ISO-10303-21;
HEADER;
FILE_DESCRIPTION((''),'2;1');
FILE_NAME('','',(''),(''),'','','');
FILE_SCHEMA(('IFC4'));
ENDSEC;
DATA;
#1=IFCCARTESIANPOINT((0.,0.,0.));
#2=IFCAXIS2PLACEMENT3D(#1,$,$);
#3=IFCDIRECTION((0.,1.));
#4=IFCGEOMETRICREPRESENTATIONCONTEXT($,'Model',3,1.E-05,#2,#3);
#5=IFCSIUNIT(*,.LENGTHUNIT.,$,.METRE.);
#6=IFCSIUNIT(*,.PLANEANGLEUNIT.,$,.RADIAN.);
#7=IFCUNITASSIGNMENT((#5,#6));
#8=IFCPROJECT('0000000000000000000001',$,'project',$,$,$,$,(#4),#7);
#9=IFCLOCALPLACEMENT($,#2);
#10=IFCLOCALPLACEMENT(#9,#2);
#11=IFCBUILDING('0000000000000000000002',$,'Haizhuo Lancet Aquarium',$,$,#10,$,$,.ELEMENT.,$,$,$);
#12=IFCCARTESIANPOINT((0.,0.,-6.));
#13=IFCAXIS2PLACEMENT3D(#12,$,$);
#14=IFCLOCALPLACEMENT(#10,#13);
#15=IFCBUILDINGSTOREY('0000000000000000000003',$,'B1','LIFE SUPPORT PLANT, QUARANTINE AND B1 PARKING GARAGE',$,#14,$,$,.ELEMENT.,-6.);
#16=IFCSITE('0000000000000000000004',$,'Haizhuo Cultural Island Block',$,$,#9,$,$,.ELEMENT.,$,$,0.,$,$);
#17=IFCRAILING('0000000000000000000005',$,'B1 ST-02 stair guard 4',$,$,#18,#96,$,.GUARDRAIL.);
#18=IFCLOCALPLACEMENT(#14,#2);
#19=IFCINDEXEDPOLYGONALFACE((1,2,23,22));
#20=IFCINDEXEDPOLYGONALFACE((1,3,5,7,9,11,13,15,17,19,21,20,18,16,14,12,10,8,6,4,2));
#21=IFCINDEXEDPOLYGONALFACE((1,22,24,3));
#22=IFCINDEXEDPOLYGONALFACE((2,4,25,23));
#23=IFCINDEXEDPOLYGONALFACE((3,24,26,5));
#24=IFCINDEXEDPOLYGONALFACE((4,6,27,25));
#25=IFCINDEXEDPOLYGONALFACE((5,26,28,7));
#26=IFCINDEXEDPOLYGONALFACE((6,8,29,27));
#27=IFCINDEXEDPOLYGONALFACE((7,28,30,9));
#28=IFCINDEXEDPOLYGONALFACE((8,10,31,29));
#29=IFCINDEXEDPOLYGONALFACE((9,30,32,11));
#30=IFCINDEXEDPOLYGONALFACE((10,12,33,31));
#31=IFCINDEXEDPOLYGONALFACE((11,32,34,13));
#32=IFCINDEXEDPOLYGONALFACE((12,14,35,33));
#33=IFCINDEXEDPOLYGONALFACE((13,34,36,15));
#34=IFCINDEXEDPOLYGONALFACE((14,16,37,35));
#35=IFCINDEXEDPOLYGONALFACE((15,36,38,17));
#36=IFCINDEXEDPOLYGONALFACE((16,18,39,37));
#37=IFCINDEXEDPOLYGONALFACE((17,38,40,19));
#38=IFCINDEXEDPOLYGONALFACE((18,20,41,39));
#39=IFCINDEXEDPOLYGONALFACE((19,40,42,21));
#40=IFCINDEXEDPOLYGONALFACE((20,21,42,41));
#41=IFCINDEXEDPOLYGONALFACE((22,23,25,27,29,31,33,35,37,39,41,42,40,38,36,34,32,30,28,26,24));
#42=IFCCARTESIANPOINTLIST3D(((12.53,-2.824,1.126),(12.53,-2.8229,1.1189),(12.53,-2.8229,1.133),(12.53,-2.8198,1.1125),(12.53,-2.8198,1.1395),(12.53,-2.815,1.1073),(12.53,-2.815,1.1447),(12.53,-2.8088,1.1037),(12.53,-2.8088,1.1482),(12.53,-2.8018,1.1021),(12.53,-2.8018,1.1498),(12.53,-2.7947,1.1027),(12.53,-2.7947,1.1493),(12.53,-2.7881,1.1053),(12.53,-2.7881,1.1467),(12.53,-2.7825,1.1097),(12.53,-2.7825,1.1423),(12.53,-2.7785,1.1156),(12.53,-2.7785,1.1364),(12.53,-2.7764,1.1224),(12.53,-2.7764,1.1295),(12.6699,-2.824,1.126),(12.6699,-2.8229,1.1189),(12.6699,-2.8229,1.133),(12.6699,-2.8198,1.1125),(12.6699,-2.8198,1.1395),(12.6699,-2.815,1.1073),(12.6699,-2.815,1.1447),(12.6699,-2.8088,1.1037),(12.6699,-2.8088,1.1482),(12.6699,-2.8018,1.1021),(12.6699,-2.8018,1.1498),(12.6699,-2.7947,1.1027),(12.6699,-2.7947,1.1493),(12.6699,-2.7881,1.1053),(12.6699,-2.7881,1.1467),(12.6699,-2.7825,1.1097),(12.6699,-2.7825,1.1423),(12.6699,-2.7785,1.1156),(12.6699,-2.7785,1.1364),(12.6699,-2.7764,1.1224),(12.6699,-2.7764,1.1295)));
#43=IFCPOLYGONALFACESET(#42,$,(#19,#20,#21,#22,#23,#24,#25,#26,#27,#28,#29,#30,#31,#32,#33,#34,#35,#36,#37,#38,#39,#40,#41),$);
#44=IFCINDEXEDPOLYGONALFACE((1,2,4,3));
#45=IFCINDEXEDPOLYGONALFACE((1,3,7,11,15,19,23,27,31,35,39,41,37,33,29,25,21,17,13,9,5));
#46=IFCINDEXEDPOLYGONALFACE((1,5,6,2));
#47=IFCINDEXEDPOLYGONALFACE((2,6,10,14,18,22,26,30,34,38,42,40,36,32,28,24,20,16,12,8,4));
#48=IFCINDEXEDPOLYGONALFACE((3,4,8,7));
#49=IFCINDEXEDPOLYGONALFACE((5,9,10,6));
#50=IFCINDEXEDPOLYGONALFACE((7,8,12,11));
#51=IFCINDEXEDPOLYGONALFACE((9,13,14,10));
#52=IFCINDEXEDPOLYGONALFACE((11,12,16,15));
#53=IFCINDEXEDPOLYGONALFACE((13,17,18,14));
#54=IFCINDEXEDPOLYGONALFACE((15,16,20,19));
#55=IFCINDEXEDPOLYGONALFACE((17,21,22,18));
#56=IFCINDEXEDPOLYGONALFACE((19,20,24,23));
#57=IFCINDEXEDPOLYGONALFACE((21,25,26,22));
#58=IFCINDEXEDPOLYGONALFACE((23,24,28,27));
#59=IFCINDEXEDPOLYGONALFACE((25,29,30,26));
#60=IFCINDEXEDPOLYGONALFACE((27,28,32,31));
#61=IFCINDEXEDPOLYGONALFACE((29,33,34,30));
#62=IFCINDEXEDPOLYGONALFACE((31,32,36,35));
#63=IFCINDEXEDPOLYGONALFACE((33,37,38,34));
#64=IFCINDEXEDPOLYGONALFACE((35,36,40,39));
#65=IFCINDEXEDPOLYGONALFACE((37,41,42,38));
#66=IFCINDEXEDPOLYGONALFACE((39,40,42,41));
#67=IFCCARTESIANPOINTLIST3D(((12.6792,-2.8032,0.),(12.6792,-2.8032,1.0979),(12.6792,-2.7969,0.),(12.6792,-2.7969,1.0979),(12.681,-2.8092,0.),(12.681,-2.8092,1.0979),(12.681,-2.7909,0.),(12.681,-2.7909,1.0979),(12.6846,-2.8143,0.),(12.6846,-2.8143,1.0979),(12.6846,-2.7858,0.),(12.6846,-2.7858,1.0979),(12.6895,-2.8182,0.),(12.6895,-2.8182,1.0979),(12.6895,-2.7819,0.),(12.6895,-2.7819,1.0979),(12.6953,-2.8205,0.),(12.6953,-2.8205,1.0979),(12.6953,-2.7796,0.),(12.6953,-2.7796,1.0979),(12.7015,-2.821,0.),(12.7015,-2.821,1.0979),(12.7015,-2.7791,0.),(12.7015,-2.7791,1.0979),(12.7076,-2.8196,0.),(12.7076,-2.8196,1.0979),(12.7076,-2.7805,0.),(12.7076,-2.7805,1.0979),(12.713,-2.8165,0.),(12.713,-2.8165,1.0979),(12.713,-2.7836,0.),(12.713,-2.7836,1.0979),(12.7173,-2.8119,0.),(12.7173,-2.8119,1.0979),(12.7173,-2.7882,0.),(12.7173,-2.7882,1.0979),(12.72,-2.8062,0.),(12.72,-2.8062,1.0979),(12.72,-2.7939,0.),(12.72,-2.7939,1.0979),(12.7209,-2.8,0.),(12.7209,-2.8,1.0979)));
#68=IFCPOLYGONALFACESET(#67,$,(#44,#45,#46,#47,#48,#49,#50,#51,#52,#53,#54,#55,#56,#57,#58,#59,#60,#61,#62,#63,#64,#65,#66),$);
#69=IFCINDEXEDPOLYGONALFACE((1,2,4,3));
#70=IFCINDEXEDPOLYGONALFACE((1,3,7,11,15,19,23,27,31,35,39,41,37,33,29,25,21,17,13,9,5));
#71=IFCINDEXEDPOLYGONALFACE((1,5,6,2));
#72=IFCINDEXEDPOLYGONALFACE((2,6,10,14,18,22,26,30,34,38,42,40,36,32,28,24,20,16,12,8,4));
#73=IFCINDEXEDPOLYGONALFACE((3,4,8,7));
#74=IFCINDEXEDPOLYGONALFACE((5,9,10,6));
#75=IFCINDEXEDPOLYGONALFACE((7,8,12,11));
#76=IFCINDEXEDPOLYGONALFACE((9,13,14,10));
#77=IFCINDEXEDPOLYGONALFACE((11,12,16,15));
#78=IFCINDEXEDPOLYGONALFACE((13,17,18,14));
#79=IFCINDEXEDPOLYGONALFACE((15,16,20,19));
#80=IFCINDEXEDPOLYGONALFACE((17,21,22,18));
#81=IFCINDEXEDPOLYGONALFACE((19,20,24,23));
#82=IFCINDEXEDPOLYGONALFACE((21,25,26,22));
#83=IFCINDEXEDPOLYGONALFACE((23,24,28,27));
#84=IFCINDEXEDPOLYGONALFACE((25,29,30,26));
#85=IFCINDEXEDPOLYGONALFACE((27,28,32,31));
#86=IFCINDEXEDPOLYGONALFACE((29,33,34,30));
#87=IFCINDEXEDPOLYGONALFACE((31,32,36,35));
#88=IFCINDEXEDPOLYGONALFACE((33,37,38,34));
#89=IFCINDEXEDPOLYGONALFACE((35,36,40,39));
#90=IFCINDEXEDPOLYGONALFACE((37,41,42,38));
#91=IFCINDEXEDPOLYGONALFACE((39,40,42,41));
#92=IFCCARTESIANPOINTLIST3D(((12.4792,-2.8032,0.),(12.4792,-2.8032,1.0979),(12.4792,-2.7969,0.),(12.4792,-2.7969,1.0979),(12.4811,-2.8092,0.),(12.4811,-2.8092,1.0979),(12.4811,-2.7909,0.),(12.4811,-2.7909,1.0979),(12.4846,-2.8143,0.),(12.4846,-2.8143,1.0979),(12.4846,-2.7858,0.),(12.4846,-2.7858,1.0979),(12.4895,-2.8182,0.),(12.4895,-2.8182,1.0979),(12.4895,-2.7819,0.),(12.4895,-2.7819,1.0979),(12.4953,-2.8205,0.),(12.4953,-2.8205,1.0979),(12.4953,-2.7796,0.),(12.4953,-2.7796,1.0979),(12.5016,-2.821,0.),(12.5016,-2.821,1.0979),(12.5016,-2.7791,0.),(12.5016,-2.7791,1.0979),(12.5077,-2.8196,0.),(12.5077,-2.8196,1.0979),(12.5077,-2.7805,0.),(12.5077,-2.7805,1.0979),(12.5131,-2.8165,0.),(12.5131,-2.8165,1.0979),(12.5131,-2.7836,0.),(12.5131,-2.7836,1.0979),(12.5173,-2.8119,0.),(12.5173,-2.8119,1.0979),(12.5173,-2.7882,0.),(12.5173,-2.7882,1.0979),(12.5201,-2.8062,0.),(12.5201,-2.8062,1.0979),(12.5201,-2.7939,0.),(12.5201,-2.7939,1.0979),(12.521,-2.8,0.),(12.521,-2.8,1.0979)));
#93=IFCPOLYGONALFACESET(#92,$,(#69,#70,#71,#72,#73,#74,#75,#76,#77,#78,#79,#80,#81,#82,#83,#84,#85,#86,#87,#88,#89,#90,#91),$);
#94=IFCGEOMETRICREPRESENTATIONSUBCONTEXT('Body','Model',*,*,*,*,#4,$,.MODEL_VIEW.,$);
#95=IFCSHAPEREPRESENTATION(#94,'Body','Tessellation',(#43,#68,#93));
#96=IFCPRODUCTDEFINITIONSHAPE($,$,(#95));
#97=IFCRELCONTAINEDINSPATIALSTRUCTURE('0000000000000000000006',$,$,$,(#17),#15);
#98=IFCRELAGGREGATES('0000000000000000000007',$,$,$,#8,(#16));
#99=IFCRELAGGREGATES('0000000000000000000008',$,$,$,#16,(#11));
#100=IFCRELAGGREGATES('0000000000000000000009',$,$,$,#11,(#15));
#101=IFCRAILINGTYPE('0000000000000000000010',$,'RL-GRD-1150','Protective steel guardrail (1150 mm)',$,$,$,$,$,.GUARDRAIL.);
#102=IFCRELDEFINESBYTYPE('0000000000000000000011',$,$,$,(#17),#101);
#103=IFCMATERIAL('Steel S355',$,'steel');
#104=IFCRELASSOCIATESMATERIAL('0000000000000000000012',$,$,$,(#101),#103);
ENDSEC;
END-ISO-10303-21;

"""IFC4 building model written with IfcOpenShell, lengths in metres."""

from ifc_helpers import new_model, si_unit, direction, frame, origin, origin_2d, place, context, subcontext, project, spatial, circle, extrude, material, type_object, element, save


model = new_model("IFC4")

# Units and contexts
model_context = context("Model", 3, precision=1e-05, world=origin(), true_north=direction((0.0, 1.0)))
body_context = subcontext(model_context, "Body", "Model", "MODEL_VIEW")
ifc_project = project(units=[si_unit("LENGTHUNIT", "METRE"), si_unit("PLANEANGLEUNIT", "RADIAN")], contexts=[model_context])

# Site, building, storey
site_placement = place(None, origin())
site = spatial("IfcSite", under=ifc_project, at=site_placement, Name="Haizhuo Cultural Island Block", CompositionType="ELEMENT", RefElevation=0.0)
building_placement = place(site_placement, origin())
building = spatial("IfcBuilding", under=site, at=building_placement, Name="Haizhuo Lancet Aquarium", CompositionType="ELEMENT")
storey_placement = place(building_placement, frame((0.0, 0.0, -6.0)))
storey = spatial("IfcBuildingStorey", under=building, at=storey_placement, Name="B1", Description="LIFE SUPPORT PLANT, QUARANTINE AND B1 PARKING GARAGE", CompositionType="ELEMENT", Elevation=-6.0)

# Shared definitions
ifc_material_1 = material(Name="Steel S355", Category="steel")

# Railing
railing_type_1 = type_object("IfcRailingType", Name="RL-GRD-1150", Description="Protective steel guardrail (1150 mm)", PredefinedType="GUARDRAIL", material=ifc_material_1)
railing_1_placement = place(storey_placement, frame((12.7, -2.8, 0.0)))
element("IfcRailing", 1, at=railing_1_placement, inside=storey, type_object=railing_type_1, Name="B1 ST-02 stair guard 4", PredefinedType="GUARDRAIL", context=body_context, shape_type="SweptSolid", body=[
    extrude(circle(Radius=0.0239, at=origin_2d()), frame((-0.03, 0.0, 1.126), z_axis=(-1.0, 0.0, 0.0), x_axis=(0.0, -1.0, 0.0)), (0.0, 0.0, 1.0), 0.1399),
    extrude(circle(Radius=0.021, at=origin_2d()), origin(), (0.0, 0.0, 1.0), 1.0979),
    extrude(circle(Radius=0.021, at=origin_2d()), frame((-0.2, 0.0, 0.0)), (0.0, 0.0, 1.0), 1.0979),
])

save(model, "model.ifc")
